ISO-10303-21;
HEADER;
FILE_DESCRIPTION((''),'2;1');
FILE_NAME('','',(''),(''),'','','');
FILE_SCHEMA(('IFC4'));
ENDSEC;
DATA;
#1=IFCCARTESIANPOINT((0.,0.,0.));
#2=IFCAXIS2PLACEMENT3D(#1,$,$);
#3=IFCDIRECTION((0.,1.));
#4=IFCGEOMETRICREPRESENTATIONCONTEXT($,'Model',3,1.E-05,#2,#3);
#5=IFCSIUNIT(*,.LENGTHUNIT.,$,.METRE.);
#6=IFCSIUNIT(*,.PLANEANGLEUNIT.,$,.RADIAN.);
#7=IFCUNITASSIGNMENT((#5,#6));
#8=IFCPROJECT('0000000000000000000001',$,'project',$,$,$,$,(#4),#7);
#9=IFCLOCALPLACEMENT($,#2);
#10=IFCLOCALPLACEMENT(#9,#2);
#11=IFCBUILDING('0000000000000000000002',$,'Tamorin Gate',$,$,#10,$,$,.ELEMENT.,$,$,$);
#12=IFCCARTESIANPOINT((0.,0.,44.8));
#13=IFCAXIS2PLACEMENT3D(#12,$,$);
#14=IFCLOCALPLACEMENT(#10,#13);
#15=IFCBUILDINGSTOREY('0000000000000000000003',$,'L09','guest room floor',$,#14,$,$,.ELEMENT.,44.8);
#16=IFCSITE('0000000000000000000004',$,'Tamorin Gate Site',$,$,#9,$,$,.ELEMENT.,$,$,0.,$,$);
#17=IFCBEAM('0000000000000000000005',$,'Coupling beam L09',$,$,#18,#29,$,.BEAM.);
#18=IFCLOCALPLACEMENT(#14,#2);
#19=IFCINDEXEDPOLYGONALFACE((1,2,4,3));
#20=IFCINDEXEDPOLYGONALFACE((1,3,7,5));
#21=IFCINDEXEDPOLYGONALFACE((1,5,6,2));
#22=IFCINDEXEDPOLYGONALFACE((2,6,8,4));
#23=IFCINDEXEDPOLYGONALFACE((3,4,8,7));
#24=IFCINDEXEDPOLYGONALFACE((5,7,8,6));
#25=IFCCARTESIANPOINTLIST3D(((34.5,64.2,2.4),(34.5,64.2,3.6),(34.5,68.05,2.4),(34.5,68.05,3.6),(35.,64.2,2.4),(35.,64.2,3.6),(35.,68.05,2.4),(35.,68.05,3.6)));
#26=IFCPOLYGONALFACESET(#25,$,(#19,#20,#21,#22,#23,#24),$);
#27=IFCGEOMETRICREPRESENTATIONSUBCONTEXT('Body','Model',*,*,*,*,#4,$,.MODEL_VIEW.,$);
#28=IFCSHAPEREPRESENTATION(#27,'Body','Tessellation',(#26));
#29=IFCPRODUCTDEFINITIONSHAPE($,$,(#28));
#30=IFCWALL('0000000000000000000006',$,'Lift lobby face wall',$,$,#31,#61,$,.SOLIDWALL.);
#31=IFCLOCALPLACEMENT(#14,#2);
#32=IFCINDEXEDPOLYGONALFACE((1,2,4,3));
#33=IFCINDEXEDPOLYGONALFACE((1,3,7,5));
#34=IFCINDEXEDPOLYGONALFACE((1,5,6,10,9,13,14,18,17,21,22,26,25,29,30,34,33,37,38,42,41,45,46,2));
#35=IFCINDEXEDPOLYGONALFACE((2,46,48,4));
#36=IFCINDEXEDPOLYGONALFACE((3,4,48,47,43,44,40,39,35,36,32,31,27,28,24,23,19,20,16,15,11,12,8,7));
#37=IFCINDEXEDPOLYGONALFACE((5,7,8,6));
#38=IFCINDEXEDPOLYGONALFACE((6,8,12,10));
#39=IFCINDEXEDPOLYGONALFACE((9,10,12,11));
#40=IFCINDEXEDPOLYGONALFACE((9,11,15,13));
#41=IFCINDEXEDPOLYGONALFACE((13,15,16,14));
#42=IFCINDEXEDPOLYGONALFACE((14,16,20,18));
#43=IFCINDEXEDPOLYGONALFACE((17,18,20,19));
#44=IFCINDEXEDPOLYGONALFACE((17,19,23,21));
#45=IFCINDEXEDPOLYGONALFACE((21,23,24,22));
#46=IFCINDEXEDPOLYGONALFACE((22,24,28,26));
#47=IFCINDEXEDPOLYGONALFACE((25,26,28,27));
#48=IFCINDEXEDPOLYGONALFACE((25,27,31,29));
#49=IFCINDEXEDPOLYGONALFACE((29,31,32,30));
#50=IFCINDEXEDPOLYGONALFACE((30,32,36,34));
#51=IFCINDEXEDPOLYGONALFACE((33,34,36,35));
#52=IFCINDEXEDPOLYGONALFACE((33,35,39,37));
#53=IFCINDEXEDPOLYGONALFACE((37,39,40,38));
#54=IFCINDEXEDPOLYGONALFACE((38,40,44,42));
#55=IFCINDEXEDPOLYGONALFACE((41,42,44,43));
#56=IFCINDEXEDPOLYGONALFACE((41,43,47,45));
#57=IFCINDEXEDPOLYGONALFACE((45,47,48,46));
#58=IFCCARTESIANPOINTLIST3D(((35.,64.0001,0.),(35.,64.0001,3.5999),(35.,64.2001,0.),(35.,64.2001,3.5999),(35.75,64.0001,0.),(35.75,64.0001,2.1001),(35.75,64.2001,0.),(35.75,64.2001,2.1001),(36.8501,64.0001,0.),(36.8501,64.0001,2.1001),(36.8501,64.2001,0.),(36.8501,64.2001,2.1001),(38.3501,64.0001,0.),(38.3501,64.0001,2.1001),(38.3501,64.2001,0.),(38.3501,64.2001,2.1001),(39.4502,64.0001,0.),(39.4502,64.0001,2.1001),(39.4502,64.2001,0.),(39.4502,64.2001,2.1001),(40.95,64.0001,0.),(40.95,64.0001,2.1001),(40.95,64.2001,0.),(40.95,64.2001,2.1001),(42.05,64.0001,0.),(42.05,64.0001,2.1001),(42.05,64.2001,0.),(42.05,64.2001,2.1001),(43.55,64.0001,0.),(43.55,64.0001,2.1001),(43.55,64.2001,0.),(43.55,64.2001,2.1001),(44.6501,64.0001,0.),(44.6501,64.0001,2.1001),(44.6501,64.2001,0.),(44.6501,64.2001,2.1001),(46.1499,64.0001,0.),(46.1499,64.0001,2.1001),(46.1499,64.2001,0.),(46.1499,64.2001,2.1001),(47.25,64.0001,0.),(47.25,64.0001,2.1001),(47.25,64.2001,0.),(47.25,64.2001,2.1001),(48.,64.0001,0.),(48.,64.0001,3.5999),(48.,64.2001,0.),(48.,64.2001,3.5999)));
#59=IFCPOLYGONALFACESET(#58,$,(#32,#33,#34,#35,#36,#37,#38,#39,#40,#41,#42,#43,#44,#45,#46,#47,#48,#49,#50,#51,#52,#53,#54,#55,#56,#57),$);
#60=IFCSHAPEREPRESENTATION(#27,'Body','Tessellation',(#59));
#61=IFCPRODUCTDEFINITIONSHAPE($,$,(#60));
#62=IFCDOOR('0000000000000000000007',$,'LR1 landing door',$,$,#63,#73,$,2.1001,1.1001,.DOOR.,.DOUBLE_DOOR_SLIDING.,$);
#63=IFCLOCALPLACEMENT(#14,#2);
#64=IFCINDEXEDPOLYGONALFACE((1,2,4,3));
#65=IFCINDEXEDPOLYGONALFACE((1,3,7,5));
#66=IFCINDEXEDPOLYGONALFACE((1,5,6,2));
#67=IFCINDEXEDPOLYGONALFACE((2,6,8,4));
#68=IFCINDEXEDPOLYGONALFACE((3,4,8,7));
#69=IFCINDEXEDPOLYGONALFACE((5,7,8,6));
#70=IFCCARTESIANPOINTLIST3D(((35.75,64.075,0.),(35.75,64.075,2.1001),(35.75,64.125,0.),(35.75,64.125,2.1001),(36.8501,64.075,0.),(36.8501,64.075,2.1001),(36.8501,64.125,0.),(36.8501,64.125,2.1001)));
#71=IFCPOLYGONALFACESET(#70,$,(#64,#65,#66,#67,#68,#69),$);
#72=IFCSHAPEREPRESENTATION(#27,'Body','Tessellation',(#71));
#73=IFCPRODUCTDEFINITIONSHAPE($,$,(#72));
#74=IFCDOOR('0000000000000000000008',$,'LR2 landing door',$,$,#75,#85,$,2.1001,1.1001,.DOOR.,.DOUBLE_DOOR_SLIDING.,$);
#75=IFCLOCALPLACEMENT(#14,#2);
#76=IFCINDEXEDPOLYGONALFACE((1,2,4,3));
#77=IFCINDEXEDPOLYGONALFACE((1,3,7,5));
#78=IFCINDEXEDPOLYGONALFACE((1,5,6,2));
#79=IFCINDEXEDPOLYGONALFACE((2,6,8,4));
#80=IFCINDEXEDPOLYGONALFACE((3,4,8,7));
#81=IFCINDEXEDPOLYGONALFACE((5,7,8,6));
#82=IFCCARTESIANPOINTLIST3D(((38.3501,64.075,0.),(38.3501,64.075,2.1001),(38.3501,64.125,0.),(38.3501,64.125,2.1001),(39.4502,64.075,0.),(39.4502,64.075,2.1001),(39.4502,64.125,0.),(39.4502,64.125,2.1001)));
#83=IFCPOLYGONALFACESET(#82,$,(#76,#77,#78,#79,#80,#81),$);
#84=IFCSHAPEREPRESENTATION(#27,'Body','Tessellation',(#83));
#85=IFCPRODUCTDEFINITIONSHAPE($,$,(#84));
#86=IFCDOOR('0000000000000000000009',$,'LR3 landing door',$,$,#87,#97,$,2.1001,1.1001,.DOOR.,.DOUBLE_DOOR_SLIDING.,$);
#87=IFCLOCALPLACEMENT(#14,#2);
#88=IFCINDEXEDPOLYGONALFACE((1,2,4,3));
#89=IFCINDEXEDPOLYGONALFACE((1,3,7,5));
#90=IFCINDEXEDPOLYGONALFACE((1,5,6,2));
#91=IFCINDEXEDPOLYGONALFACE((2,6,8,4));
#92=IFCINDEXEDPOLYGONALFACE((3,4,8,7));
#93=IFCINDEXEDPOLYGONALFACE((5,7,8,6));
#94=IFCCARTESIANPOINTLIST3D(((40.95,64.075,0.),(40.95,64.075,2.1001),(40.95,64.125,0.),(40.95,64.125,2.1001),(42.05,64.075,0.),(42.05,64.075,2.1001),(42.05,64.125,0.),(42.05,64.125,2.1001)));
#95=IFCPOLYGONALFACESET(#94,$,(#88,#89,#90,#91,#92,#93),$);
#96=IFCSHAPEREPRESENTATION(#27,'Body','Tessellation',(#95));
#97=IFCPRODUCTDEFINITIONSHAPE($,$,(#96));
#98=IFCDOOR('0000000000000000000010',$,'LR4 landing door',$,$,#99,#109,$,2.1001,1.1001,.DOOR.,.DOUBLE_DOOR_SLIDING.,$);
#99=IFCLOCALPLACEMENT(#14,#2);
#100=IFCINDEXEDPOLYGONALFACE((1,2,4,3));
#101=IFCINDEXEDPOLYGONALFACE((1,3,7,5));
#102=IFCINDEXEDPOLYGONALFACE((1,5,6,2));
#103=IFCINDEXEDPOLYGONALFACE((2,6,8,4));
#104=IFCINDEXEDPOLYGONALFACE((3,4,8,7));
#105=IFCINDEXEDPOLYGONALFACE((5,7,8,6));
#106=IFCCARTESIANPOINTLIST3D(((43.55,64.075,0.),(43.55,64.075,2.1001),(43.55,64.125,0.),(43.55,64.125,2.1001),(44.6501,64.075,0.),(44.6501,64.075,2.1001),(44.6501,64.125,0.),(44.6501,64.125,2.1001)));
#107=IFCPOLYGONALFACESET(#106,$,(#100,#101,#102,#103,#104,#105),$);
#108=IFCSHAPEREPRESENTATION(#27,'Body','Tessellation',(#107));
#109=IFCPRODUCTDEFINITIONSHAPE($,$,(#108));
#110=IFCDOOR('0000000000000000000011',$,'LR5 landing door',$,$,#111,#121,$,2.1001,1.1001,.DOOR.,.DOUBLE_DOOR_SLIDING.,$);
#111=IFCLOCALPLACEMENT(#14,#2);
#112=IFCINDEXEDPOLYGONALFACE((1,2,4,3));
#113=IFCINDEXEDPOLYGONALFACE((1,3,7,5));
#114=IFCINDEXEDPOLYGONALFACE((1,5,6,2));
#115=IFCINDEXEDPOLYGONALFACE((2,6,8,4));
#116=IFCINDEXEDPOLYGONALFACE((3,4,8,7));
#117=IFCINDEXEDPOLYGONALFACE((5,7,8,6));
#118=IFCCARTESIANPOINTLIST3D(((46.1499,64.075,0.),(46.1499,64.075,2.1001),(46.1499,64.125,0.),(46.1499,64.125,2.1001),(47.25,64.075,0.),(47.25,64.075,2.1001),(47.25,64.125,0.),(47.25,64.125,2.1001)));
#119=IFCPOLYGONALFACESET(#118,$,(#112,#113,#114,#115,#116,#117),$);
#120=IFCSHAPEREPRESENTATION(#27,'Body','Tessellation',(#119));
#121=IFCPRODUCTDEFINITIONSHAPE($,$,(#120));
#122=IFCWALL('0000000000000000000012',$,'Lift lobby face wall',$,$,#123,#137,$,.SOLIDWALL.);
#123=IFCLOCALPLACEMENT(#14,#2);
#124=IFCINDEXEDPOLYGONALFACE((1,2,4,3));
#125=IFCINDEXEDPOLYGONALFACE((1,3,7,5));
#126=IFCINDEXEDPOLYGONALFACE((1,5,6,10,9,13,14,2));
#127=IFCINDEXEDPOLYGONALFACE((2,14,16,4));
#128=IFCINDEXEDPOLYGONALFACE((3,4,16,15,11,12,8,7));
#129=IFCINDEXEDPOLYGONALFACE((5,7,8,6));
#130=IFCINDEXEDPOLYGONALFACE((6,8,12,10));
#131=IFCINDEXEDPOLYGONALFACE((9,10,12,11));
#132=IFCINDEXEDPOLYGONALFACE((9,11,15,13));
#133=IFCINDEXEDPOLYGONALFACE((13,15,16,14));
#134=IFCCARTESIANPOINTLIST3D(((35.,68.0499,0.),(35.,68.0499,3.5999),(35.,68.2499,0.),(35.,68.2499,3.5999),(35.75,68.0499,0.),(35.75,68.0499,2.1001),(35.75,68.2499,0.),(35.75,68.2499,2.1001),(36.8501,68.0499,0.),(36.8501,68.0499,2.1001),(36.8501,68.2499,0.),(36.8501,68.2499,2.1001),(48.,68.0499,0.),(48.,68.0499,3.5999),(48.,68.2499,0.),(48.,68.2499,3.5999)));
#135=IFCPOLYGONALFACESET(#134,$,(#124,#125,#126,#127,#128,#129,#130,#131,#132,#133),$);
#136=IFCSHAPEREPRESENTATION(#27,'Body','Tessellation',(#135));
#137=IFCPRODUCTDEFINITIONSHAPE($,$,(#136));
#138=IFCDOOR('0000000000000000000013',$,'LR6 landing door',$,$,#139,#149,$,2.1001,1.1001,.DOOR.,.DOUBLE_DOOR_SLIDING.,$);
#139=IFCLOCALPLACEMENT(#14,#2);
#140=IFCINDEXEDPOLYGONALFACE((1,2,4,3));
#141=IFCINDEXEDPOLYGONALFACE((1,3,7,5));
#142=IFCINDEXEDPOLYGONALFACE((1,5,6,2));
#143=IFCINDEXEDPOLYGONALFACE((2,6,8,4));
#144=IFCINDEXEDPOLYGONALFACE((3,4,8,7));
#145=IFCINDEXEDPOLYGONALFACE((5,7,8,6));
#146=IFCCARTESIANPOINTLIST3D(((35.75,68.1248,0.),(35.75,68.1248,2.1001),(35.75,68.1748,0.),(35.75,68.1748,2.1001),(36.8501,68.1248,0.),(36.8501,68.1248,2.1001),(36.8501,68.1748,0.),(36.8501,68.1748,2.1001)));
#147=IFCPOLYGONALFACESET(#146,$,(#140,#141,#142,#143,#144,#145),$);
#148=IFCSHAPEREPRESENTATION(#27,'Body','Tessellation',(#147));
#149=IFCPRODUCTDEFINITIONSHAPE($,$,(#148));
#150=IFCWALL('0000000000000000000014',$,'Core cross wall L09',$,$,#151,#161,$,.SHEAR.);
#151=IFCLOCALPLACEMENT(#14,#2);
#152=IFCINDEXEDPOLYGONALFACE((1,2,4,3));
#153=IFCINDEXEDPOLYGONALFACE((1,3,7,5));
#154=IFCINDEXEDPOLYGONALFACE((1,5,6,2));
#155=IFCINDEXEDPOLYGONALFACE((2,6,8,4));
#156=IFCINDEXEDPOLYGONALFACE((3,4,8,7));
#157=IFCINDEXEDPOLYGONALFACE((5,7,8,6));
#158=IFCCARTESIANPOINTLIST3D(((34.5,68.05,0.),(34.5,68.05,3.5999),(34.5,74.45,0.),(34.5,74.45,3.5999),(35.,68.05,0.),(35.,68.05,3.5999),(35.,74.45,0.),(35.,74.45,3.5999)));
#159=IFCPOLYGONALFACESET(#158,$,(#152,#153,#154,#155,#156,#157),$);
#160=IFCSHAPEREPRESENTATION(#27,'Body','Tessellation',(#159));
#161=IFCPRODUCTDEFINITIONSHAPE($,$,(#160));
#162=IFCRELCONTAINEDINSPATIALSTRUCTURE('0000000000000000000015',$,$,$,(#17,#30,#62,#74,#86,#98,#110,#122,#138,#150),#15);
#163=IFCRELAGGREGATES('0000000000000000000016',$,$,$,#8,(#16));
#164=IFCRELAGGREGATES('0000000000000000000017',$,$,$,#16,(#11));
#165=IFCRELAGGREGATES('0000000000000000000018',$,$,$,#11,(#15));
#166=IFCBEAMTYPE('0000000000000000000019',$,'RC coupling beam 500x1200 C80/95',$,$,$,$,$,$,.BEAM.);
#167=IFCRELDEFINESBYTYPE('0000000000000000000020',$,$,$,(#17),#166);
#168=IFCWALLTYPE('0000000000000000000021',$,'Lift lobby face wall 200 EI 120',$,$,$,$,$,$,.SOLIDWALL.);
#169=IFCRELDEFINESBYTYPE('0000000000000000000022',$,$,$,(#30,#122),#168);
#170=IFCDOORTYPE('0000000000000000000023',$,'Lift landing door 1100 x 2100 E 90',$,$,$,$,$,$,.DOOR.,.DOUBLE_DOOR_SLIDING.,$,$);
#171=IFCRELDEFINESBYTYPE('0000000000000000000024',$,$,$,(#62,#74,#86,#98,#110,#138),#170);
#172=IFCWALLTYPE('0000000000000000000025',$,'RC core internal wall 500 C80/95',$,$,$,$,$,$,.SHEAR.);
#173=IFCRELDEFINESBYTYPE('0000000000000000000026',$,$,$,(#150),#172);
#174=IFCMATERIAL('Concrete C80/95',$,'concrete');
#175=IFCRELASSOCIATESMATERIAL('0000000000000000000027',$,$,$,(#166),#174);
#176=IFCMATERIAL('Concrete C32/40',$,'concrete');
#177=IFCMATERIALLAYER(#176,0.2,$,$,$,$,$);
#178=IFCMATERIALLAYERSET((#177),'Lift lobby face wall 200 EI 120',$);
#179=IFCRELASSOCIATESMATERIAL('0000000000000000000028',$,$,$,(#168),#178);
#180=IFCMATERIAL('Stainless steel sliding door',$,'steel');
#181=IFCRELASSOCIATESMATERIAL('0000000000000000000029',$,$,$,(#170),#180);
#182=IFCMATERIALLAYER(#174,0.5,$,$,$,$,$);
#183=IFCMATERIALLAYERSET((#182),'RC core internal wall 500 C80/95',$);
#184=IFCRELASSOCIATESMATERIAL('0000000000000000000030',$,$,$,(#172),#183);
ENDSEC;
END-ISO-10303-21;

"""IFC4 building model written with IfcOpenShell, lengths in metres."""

from ifc_helpers import new_model, si_unit, direction, frame, frame_2d, origin, origin_2d, place, context, subcontext, project, spatial, rectangle, extrude, material, layer, layer_set, material_profile, profile_set, type_object, element, fill, save


model = new_model("IFC4")

# Units and contexts
model_context = context("Model", 3, precision=1e-05, world=origin(), true_north=direction((0.0, 1.0)))
body_context = subcontext(model_context, "Body", "Model", "MODEL_VIEW")
ifc_project = project(units=[si_unit("LENGTHUNIT", "METRE"), si_unit("PLANEANGLEUNIT", "RADIAN")], contexts=[model_context])

# Site, building, storey
site_placement = place(None, origin())
site = spatial("IfcSite", under=ifc_project, at=site_placement, Name="Tamorin Gate Site", CompositionType="ELEMENT", RefElevation=0.0)
building_placement = place(site_placement, origin())
building = spatial("IfcBuilding", under=site, at=building_placement, Name="Tamorin Gate", CompositionType="ELEMENT")
storey_placement = place(building_placement, frame((0.0, 0.0, 44.8)))
storey = spatial("IfcBuildingStorey", under=building, at=storey_placement, Name="L09", Description="guest room floor", CompositionType="ELEMENT", Elevation=44.8)

# Beam
ifc_material_1 = material(Name="Concrete C80/95", Category="concrete")
ifc_material_profile = material_profile(ifc_material_1, rectangle(XDim=0.5, YDim=1.2, at=origin_2d()), Name="RC 500x1200")
ifc_profile_set = profile_set([ifc_material_profile], Name="Concrete C80/95")
beam_type = type_object("IfcBeamType", Name="RC coupling beam 500x1200 C80/95", PredefinedType="BEAM", material=ifc_profile_set)
beam_placement = place(storey_placement, frame((34.75, 64.2, 3.0), z_axis=(0.0, 1.0, 0.0), x_axis=(-1.0, 0.0, 0.0)))
element("IfcBeam", 1, at=beam_placement, inside=storey, type_object=beam_type, Name="Coupling beam L09", PredefinedType="BEAM", context=body_context, shape_type="SweptSolid", body=[
    extrude(rectangle(XDim=0.5, YDim=1.2, at=origin_2d()), origin(), (0.0, 0.0, 1.0), 3.8501),
])

# Wall, openings, doors
ifc_material_2 = material(Name="Concrete C32/40", Category="concrete")
ifc_layer_1 = layer(ifc_material_2, 0.2)
ifc_layer_set_1 = layer_set([ifc_layer_1], Name="Lift lobby face wall 200 EI 120")
wall_type_1 = type_object("IfcWallType", Name="Lift lobby face wall 200 EI 120", PredefinedType="SOLIDWALL", material=ifc_layer_set_1)
wall_1_placement = place(storey_placement, frame((35.0, 64.1001, 0.0), z_axis=(0.0, 0.0, 1.0), x_axis=(1.0, 0.0, 0.0)))
wall_1 = element("IfcWall", 2, at=wall_1_placement, inside=storey, type_object=wall_type_1, Name="Lift lobby face wall", PredefinedType="SOLIDWALL", context=body_context, shape_type="SweptSolid", body=[
    extrude(rectangle(XDim=13.0, YDim=0.2, at=frame_2d((6.5, 0.0))), origin(), (0.0, 0.0, 1.0), 3.5999),
])
opening_1_placement = place(wall_1_placement, frame((0.75, 0.0, 0.0)))
opening_1 = element("IfcOpeningElement", 3, at=opening_1_placement, cuts=wall_1, PredefinedType="OPENING", context=body_context, shape_type="SweptSolid", body=[
    extrude(rectangle(XDim=1.1001, YDim=2.1001, at=frame_2d((0.55, 1.05))), frame((0.0, 0.1099, 0.0), z_axis=(0.0, -1.0, 0.0), x_axis=(1.0, 0.0, 0.0)), (0.0, 0.0, 1.0), 0.22),
])
opening_2_placement = place(wall_1_placement, frame((3.3501, 0.0, 0.0)))
opening_2 = element("IfcOpeningElement", 4, at=opening_2_placement, cuts=wall_1, PredefinedType="OPENING", context=body_context, shape_type="SweptSolid", body=[
    extrude(rectangle(XDim=1.1001, YDim=2.1001, at=frame_2d((0.55, 1.05))), frame((0.0, 0.1099, 0.0), z_axis=(0.0, -1.0, 0.0), x_axis=(1.0, 0.0, 0.0)), (0.0, 0.0, 1.0), 0.22),
])
opening_3_placement = place(wall_1_placement, frame((5.95, 0.0, 0.0)))
opening_3 = element("IfcOpeningElement", 5, at=opening_3_placement, cuts=wall_1, PredefinedType="OPENING", context=body_context, shape_type="SweptSolid", body=[
    extrude(rectangle(XDim=1.1001, YDim=2.1001, at=frame_2d((0.55, 1.05))), frame((0.0, 0.1099, 0.0), z_axis=(0.0, -1.0, 0.0), x_axis=(1.0, 0.0, 0.0)), (0.0, 0.0, 1.0), 0.22),
])
opening_4_placement = place(wall_1_placement, frame((8.55, 0.0, 0.0)))
opening_4 = element("IfcOpeningElement", 6, at=opening_4_placement, cuts=wall_1, PredefinedType="OPENING", context=body_context, shape_type="SweptSolid", body=[
    extrude(rectangle(XDim=1.1001, YDim=2.1001, at=frame_2d((0.55, 1.05))), frame((0.0, 0.1099, 0.0), z_axis=(0.0, -1.0, 0.0), x_axis=(1.0, 0.0, 0.0)), (0.0, 0.0, 1.0), 0.22),
])
opening_5_placement = place(wall_1_placement, frame((11.1499, 0.0, 0.0)))
opening_5 = element("IfcOpeningElement", 7, at=opening_5_placement, cuts=wall_1, PredefinedType="OPENING", context=body_context, shape_type="SweptSolid", body=[
    extrude(rectangle(XDim=1.1001, YDim=2.1001, at=frame_2d((0.55, 1.05))), frame((0.0, 0.1099, 0.0), z_axis=(0.0, -1.0, 0.0), x_axis=(1.0, 0.0, 0.0)), (0.0, 0.0, 1.0), 0.22),
])
ifc_material_3 = material(Name="Stainless steel sliding door", Category="steel")
door_type_1 = type_object("IfcDoorType", Name="Lift landing door 1100 x 2100 E 90", OperationType="DOUBLE_DOOR_SLIDING", PredefinedType="DOOR", material=ifc_material_3)
door_1_placement = place(opening_1_placement, origin())
door_1 = element("IfcDoor", 8, at=door_1_placement, inside=storey, type_object=door_type_1, Name="LR1 landing door", OperationType="DOUBLE_DOOR_SLIDING", OverallHeight=2.1001, OverallWidth=1.1001, PredefinedType="DOOR", context=body_context, shape_type="SweptSolid", body=[
    extrude(rectangle(XDim=1.1001, YDim=2.1001, at=frame_2d((0.55, 1.05))), frame((0.0, 0.0249, 0.0), z_axis=(0.0, -1.0, 0.0), x_axis=(1.0, 0.0, 0.0)), (0.0, 0.0, 1.0), 0.05),
])
fill(opening_1, door_1)
door_2_placement = place(opening_2_placement, origin())
door_2 = element("IfcDoor", 9, at=door_2_placement, inside=storey, type_object=door_type_1, Name="LR2 landing door", OperationType="DOUBLE_DOOR_SLIDING", OverallHeight=2.1001, OverallWidth=1.1001, PredefinedType="DOOR", context=body_context, shape_type="SweptSolid", body=[
    extrude(rectangle(XDim=1.1001, YDim=2.1001, at=frame_2d((0.55, 1.05))), frame((0.0, 0.0249, 0.0), z_axis=(0.0, -1.0, 0.0), x_axis=(1.0, 0.0, 0.0)), (0.0, 0.0, 1.0), 0.05),
])
fill(opening_2, door_2)
door_3_placement = place(opening_3_placement, origin())
door_3 = element("IfcDoor", 10, at=door_3_placement, inside=storey, type_object=door_type_1, Name="LR3 landing door", OperationType="DOUBLE_DOOR_SLIDING", OverallHeight=2.1001, OverallWidth=1.1001, PredefinedType="DOOR", context=body_context, shape_type="SweptSolid", body=[
    extrude(rectangle(XDim=1.1001, YDim=2.1001, at=frame_2d((0.55, 1.05))), frame((0.0, 0.0249, 0.0), z_axis=(0.0, -1.0, 0.0), x_axis=(1.0, 0.0, 0.0)), (0.0, 0.0, 1.0), 0.05),
])
fill(opening_3, door_3)
door_4_placement = place(opening_4_placement, origin())
door_4 = element("IfcDoor", 11, at=door_4_placement, inside=storey, type_object=door_type_1, Name="LR4 landing door", OperationType="DOUBLE_DOOR_SLIDING", OverallHeight=2.1001, OverallWidth=1.1001, PredefinedType="DOOR", context=body_context, shape_type="SweptSolid", body=[
    extrude(rectangle(XDim=1.1001, YDim=2.1001, at=frame_2d((0.55, 1.05))), frame((0.0, 0.0249, 0.0), z_axis=(0.0, -1.0, 0.0), x_axis=(1.0, 0.0, 0.0)), (0.0, 0.0, 1.0), 0.05),
])
fill(opening_4, door_4)
door_5_placement = place(opening_5_placement, origin())
door_5 = element("IfcDoor", 12, at=door_5_placement, inside=storey, type_object=door_type_1, Name="LR5 landing door", OperationType="DOUBLE_DOOR_SLIDING", OverallHeight=2.1001, OverallWidth=1.1001, PredefinedType="DOOR", context=body_context, shape_type="SweptSolid", body=[
    extrude(rectangle(XDim=1.1001, YDim=2.1001, at=frame_2d((0.55, 1.05))), frame((0.0, 0.0249, 0.0), z_axis=(0.0, -1.0, 0.0), x_axis=(1.0, 0.0, 0.0)), (0.0, 0.0, 1.0), 0.05),
])
fill(opening_5, door_5)

# Wall, opening, door
wall_2_placement = place(storey_placement, frame((35.0, 68.1499, 0.0), z_axis=(0.0, 0.0, 1.0), x_axis=(1.0, 0.0, 0.0)))
wall_2 = element("IfcWall", 13, at=wall_2_placement, inside=storey, type_object=wall_type_1, Name="Lift lobby face wall", PredefinedType="SOLIDWALL", context=body_context, shape_type="SweptSolid", body=[
    extrude(rectangle(XDim=13.0, YDim=0.2, at=frame_2d((6.5, 0.0))), origin(), (0.0, 0.0, 1.0), 3.5999),
])
opening_6_placement = place(wall_2_placement, frame((0.75, 0.0, 0.0)))
opening_6 = element("IfcOpeningElement", 14, at=opening_6_placement, cuts=wall_2, PredefinedType="OPENING", context=body_context, shape_type="SweptSolid", body=[
    extrude(rectangle(XDim=1.1001, YDim=2.1001, at=frame_2d((0.55, 1.05))), frame((0.0, 0.1099, 0.0), z_axis=(0.0, -1.0, 0.0), x_axis=(1.0, 0.0, 0.0)), (0.0, 0.0, 1.0), 0.22),
])
door_6_placement = place(opening_6_placement, origin())
door_6 = element("IfcDoor", 15, at=door_6_placement, inside=storey, type_object=door_type_1, Name="LR6 landing door", OperationType="DOUBLE_DOOR_SLIDING", OverallHeight=2.1001, OverallWidth=1.1001, PredefinedType="DOOR", context=body_context, shape_type="SweptSolid", body=[
    extrude(rectangle(XDim=1.1001, YDim=2.1001, at=frame_2d((0.55, 1.05))), frame((0.0, 0.0249, 0.0), z_axis=(0.0, -1.0, 0.0), x_axis=(1.0, 0.0, 0.0)), (0.0, 0.0, 1.0), 0.05),
])
fill(opening_6, door_6)

# Wall
ifc_layer_2 = layer(ifc_material_1, 0.5)
ifc_layer_set_2 = layer_set([ifc_layer_2], Name="RC core internal wall 500 C80/95")
wall_type_2 = type_object("IfcWallType", Name="RC core internal wall 500 C80/95", PredefinedType="SHEAR", material=ifc_layer_set_2)
wall_3_placement = place(storey_placement, frame((34.75, 68.05, 0.0), z_axis=(0.0, 0.0, 1.0), x_axis=(0.0, 1.0, 0.0)))
element("IfcWall", 16, at=wall_3_placement, inside=storey, type_object=wall_type_2, Name="Core cross wall L09", PredefinedType="SHEAR", context=body_context, shape_type="SweptSolid", body=[
    extrude(rectangle(XDim=6.3999, YDim=0.5, at=frame_2d((3.2, 0.0))), origin(), (0.0, 0.0, 1.0), 3.5999),
])

save(model, "model.ifc")
